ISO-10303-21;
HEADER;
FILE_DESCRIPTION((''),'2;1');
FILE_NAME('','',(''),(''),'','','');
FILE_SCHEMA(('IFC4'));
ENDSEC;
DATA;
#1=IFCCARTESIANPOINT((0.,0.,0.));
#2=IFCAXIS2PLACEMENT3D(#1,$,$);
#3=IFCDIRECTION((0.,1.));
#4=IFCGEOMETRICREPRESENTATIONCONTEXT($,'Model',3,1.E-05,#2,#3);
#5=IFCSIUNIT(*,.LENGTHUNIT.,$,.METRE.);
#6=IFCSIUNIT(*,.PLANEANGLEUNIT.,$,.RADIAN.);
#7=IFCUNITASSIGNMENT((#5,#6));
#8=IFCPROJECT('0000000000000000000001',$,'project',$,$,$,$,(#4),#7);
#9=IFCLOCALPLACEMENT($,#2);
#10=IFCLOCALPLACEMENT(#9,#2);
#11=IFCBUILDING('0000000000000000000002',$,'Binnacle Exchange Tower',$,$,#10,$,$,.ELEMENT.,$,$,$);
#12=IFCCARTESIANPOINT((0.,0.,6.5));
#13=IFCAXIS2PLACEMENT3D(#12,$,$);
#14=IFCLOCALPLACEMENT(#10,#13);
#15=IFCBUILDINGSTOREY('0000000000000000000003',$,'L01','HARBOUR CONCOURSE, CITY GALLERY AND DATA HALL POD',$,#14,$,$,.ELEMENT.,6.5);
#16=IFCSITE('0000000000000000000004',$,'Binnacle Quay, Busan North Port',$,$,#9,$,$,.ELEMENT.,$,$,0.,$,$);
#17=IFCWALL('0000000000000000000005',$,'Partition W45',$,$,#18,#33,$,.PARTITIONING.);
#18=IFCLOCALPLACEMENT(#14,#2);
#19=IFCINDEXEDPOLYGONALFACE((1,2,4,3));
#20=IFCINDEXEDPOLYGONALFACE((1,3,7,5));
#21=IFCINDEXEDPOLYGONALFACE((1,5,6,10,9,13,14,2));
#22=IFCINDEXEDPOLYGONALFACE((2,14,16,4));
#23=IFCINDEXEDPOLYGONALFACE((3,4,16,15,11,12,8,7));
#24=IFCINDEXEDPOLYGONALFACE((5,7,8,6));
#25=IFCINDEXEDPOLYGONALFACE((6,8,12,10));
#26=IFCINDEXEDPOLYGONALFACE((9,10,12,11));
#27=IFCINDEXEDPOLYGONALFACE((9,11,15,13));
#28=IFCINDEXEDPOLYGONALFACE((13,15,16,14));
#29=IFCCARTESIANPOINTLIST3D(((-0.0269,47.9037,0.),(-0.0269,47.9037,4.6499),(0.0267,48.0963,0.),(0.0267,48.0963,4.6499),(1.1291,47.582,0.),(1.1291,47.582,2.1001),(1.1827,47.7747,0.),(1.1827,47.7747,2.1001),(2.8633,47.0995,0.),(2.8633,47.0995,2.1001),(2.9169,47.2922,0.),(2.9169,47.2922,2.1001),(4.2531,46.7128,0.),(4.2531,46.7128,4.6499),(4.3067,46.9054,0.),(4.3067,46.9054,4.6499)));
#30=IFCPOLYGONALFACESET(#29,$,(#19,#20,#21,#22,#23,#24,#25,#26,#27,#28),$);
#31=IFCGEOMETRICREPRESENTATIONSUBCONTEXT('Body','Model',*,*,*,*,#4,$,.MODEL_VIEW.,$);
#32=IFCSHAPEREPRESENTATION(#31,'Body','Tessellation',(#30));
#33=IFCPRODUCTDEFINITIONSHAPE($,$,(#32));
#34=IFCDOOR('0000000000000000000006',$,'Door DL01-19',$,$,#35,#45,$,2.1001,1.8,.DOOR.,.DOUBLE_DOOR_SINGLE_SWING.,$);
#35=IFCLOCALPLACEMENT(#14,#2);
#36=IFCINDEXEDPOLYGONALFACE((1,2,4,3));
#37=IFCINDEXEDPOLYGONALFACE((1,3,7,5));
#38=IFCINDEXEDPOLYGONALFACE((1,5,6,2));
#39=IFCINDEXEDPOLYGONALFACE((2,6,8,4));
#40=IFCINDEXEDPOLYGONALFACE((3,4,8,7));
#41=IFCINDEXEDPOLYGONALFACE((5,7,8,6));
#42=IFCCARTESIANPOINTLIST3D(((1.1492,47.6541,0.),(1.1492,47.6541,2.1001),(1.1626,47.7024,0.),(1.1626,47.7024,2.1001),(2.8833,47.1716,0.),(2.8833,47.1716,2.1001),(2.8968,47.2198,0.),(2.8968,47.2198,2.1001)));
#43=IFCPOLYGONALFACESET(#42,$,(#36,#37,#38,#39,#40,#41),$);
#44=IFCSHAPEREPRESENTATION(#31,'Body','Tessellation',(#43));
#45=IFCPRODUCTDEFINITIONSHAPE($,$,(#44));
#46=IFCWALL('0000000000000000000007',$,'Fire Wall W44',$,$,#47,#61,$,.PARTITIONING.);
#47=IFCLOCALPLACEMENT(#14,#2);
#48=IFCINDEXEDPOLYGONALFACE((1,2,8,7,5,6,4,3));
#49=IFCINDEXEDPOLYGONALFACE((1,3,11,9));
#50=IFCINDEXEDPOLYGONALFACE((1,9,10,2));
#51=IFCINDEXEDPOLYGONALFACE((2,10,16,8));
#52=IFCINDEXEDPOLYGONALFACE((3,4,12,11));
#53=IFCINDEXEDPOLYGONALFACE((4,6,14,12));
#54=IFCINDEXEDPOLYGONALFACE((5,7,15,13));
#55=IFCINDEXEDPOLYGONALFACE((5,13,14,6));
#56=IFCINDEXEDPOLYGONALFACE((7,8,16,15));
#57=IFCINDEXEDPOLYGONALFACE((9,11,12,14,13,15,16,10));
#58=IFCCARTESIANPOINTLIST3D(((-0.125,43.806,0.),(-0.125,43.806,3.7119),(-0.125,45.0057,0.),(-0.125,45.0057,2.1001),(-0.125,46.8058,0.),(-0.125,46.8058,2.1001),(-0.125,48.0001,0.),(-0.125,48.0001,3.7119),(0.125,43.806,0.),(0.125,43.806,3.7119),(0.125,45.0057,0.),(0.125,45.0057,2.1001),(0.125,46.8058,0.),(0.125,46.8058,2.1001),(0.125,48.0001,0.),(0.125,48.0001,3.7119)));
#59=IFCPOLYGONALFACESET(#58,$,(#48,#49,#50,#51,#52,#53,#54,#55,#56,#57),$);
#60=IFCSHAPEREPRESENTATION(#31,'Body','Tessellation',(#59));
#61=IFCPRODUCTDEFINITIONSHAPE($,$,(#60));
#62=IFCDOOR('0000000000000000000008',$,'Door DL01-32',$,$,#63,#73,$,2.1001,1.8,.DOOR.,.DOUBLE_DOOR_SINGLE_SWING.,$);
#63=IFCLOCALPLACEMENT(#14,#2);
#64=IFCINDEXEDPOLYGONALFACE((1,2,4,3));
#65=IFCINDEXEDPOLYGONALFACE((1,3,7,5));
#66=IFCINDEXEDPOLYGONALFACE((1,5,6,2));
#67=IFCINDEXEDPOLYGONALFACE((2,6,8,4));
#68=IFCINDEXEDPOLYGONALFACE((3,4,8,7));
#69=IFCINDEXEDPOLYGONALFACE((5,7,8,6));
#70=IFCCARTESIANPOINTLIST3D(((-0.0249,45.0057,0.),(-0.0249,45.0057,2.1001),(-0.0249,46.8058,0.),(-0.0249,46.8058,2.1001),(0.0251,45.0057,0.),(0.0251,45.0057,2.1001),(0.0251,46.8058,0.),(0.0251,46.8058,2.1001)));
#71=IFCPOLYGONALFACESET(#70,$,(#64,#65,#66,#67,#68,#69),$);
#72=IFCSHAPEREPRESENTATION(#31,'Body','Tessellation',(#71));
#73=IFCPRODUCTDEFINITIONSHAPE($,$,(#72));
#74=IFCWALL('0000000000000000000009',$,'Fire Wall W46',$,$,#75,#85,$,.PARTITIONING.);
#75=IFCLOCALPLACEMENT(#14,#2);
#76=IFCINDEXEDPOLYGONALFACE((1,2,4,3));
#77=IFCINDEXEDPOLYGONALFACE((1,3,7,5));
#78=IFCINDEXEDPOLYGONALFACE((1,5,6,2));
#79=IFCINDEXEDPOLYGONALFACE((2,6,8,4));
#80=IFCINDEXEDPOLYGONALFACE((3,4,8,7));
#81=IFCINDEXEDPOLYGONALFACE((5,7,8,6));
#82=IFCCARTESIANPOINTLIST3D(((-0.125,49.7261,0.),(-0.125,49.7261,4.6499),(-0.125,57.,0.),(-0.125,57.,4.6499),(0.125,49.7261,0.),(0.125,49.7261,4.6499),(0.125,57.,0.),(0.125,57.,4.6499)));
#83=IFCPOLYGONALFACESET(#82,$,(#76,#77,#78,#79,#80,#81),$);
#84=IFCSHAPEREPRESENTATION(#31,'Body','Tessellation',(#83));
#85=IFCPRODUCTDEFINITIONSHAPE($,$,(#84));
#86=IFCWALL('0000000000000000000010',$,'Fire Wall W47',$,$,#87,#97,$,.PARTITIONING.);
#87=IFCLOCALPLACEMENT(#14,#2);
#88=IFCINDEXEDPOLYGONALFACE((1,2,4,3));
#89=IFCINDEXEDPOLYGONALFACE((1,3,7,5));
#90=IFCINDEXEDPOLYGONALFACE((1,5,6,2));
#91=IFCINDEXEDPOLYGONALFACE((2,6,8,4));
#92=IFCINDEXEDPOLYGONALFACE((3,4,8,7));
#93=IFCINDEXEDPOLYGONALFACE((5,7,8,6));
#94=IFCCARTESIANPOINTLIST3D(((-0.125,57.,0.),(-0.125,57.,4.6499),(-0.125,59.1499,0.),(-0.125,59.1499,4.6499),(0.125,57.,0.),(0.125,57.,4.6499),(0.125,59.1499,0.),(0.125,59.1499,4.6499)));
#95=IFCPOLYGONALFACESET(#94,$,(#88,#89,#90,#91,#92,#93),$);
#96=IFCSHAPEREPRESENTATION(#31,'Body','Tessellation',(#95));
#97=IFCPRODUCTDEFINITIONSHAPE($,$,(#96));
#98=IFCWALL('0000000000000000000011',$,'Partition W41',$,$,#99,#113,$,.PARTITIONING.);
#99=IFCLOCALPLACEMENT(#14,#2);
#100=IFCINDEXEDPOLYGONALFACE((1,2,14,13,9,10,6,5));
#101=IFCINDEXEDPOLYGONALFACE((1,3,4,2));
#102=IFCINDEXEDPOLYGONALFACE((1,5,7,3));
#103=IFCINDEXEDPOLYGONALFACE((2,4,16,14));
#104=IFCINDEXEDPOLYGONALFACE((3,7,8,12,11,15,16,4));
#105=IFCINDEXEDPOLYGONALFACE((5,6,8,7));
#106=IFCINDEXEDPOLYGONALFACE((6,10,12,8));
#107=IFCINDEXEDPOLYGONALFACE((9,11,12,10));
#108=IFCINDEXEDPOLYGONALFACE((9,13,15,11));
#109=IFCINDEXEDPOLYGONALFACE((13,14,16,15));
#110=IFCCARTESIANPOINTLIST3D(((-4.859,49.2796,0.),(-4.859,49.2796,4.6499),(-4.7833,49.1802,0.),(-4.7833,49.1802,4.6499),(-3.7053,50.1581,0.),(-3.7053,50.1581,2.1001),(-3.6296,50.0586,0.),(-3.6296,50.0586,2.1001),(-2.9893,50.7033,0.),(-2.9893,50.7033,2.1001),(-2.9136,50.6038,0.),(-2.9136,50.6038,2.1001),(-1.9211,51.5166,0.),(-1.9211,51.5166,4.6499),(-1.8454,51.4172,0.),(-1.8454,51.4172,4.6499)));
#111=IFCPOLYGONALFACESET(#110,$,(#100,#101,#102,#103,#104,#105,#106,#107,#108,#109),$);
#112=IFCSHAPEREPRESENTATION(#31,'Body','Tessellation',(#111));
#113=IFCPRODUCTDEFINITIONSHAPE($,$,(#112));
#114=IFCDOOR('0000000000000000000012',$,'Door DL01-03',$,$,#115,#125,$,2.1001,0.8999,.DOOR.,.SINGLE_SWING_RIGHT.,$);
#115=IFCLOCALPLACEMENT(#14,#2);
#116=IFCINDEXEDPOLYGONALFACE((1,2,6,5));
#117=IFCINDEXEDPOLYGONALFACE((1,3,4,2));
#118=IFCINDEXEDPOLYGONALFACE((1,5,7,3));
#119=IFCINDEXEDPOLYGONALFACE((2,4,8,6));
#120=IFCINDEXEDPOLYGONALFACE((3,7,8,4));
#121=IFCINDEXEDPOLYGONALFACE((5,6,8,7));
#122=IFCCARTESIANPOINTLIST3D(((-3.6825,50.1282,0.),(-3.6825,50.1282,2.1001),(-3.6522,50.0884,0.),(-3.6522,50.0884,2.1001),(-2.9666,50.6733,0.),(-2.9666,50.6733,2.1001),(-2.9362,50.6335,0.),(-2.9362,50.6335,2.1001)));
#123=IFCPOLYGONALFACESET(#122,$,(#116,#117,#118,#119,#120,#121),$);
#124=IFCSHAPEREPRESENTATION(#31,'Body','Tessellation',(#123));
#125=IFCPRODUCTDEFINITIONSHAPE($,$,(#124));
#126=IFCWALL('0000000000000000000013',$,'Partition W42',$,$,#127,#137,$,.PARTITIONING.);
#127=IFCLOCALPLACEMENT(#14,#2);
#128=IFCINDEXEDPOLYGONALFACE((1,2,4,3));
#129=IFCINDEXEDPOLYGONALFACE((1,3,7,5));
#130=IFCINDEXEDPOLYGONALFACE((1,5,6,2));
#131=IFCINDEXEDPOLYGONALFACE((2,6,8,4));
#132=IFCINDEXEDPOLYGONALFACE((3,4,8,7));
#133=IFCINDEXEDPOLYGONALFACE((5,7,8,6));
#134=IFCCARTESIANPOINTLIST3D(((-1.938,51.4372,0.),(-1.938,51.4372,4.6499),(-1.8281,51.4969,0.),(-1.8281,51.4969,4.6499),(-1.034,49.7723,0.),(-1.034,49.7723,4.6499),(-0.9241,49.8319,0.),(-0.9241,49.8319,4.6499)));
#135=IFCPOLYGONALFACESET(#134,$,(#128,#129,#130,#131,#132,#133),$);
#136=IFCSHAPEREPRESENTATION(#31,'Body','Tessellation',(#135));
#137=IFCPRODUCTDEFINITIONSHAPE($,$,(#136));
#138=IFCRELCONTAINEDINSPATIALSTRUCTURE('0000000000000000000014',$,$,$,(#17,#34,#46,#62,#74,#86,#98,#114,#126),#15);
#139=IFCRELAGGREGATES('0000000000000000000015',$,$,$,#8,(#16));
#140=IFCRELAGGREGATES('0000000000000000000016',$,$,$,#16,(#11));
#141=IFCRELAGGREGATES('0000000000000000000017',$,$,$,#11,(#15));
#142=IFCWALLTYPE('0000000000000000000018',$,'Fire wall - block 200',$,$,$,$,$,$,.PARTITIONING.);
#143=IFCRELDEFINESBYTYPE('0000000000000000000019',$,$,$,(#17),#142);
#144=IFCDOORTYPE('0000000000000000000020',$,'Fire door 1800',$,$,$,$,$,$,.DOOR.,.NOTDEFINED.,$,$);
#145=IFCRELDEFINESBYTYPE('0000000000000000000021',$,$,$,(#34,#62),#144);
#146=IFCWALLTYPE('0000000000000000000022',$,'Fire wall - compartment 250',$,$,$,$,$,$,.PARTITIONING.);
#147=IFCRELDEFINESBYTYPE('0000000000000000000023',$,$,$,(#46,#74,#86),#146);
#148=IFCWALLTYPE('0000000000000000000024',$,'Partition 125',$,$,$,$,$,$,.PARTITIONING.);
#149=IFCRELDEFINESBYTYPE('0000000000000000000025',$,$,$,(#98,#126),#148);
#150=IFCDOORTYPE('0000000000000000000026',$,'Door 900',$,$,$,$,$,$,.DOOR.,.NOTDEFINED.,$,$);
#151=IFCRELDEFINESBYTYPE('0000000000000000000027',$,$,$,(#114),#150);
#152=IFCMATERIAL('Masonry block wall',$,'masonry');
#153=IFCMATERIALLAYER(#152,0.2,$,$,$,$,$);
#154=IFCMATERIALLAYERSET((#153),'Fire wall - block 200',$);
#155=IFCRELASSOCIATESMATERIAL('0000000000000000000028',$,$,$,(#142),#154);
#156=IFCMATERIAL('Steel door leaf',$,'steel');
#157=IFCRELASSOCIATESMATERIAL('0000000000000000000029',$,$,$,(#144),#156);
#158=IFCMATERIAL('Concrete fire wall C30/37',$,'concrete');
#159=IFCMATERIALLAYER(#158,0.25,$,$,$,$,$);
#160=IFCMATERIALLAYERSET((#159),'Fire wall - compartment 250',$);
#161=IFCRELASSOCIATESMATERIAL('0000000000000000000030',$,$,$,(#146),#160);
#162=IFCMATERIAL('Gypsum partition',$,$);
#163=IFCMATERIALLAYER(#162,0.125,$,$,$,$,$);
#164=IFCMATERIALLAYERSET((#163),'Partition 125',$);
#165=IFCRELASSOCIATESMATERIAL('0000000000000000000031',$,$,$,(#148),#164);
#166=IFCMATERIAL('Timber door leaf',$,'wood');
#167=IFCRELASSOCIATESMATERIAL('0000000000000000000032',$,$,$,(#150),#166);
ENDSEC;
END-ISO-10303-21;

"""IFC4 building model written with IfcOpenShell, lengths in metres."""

from ifc_helpers import new_model, si_unit, direction, frame, frame_2d, origin, place, context, subcontext, project, spatial, rectangle, extrude, material, layer, layer_set, type_object, element, fill, save


model = new_model("IFC4")

# Units and contexts
model_context = context("Model", 3, precision=1e-05, world=origin(), true_north=direction((0.0, 1.0)))
body_context = subcontext(model_context, "Body", "Model", "MODEL_VIEW")
ifc_project = project(units=[si_unit("LENGTHUNIT", "METRE"), si_unit("PLANEANGLEUNIT", "RADIAN")], contexts=[model_context])

# Site, building, storey
site_placement = place(None, origin())
site = spatial("IfcSite", under=ifc_project, at=site_placement, Name="Binnacle Quay, Busan North Port", CompositionType="ELEMENT", RefElevation=0.0)
building_placement = place(site_placement, origin())
building = spatial("IfcBuilding", under=site, at=building_placement, Name="Binnacle Exchange Tower", CompositionType="ELEMENT")
storey_placement = place(building_placement, frame((0.0, 0.0, 6.5)))
storey = spatial("IfcBuildingStorey", under=building, at=storey_placement, Name="L01", Description="HARBOUR CONCOURSE, CITY GALLERY AND DATA HALL POD", CompositionType="ELEMENT", Elevation=6.5)

# Shared definitions
ifc_material_1 = material(Name="Steel door leaf", Category="steel")

# Shared definitions
ifc_material_2 = material(Name="Masonry block wall", Category="masonry")
ifc_layer_1 = layer(ifc_material_2, 0.2)
ifc_layer_set_1 = layer_set([ifc_layer_1], Name="Fire wall - block 200")
wall_type_1 = type_object("IfcWallType", Name="Fire wall - block 200", PredefinedType="PARTITIONING", material=ifc_layer_set_1)

# Walls, openings, doors
wall_1_placement = place(storey_placement, frame((0.0, 48.0, 0.0), z_axis=(0.0, 0.0, 1.0), x_axis=(0.963401, -0.268066, 0.0)))
wall_1 = element("IfcWall", 1, at=wall_1_placement, inside=storey, type_object=wall_type_1, Name="Partition W45", PredefinedType="PARTITIONING", context=body_context, shape_type="SweptSolid", body=[
    extrude(rectangle(XDim=4.4426, YDim=0.2, at=frame_2d((2.2212, 0.0))), origin(), (0.0, 0.0, 1.0), 4.6499),
])
opening_1_placement = place(wall_1_placement, frame((1.2, 0.0, 0.0)))
opening_1 = element("IfcOpeningElement", 2, at=opening_1_placement, cuts=wall_1, PredefinedType="OPENING", context=body_context, shape_type="SweptSolid", body=[
    extrude(rectangle(XDim=1.8, YDim=2.1001, at=frame_2d((0.8999, 1.05))), frame((0.0, 0.1099, 0.0), z_axis=(0.0, -1.0, 0.0), x_axis=(1.0, 0.0, 0.0)), (0.0, 0.0, 1.0), 0.22),
])
door_type_1 = type_object("IfcDoorType", Name="Fire door 1800", OperationType="NOTDEFINED", PredefinedType="DOOR", material=ifc_material_1)
door_1_placement = place(opening_1_placement, origin())
door_1 = element("IfcDoor", 3, at=door_1_placement, inside=storey, type_object=door_type_1, Name="Door DL01-19", OperationType="DOUBLE_DOOR_SINGLE_SWING", OverallHeight=2.1001, OverallWidth=1.8, PredefinedType="DOOR", context=body_context, shape_type="SweptSolid", body=[
    extrude(rectangle(XDim=1.8, YDim=2.1001, at=frame_2d((0.8999, 1.05))), frame((0.0, 0.0249, 0.0), z_axis=(0.0, -1.0, 0.0), x_axis=(1.0, 0.0, 0.0)), (0.0, 0.0, 1.0), 0.05),
])
fill(opening_1, door_1)
ifc_material_3 = material(Name="Concrete fire wall C30/37", Category="concrete")
ifc_layer_2 = layer(ifc_material_3, 0.25)
ifc_layer_set_2 = layer_set([ifc_layer_2], Name="Fire wall - compartment 250")
wall_type_2 = type_object("IfcWallType", Name="Fire wall - compartment 250", PredefinedType="PARTITIONING", material=ifc_layer_set_2)
wall_2_placement = place(storey_placement, frame((0.0, 43.8059, 0.0), z_axis=(0.0, 0.0, 1.0), x_axis=(0.0, 1.0, 0.0)))
wall_2 = element("IfcWall", 4, at=wall_2_placement, inside=storey, type_object=wall_type_2, Name="Fire Wall W44", PredefinedType="PARTITIONING", context=body_context, shape_type="SweptSolid", body=[
    extrude(rectangle(XDim=4.1941, YDim=0.25, at=frame_2d((2.0972, 0.0))), origin(), (0.0, 0.0, 1.0), 3.7119),
])
opening_2_placement = place(wall_2_placement, frame((1.2, 0.0, 0.0)))
opening_2 = element("IfcOpeningElement", 5, at=opening_2_placement, cuts=wall_2, PredefinedType="OPENING", context=body_context, shape_type="SweptSolid", body=[
    extrude(rectangle(XDim=1.8, YDim=2.1001, at=frame_2d((0.8999, 1.05))), frame((0.0, 0.135, 0.0), z_axis=(0.0, -1.0, 0.0), x_axis=(1.0, 0.0, 0.0)), (0.0, 0.0, 1.0), 0.27),
])
door_2_placement = place(opening_2_placement, origin())
door_2 = element("IfcDoor", 6, at=door_2_placement, inside=storey, type_object=door_type_1, Name="Door DL01-32", OperationType="DOUBLE_DOOR_SINGLE_SWING", OverallHeight=2.1001, OverallWidth=1.8, PredefinedType="DOOR", context=body_context, shape_type="SweptSolid", body=[
    extrude(rectangle(XDim=1.8, YDim=2.1001, at=frame_2d((0.8999, 1.05))), frame((0.0, 0.0249, 0.0), z_axis=(0.0, -1.0, 0.0), x_axis=(1.0, 0.0, 0.0)), (0.0, 0.0, 1.0), 0.05),
])
fill(opening_2, door_2)

# Walls
wall_3_placement = place(storey_placement, frame((0.0, 49.7261, 0.0), z_axis=(0.0, 0.0, 1.0), x_axis=(0.0, 1.0, 0.0)))
element("IfcWall", 7, at=wall_3_placement, inside=storey, type_object=wall_type_2, Name="Fire Wall W46", PredefinedType="PARTITIONING", context=body_context, shape_type="SweptSolid", body=[
    extrude(rectangle(XDim=7.2739, YDim=0.25, at=frame_2d((3.637, 0.0))), origin(), (0.0, 0.0, 1.0), 4.6499),
])
wall_4_placement = place(storey_placement, frame((0.0, 57.0, 0.0), z_axis=(0.0, 0.0, 1.0), x_axis=(0.0, 1.0, 0.0)))
element("IfcWall", 8, at=wall_4_placement, inside=storey, type_object=wall_type_2, Name="Fire Wall W47", PredefinedType="PARTITIONING", context=body_context, shape_type="SweptSolid", body=[
    extrude(rectangle(XDim=2.1499, YDim=0.25, at=frame_2d((1.075, 0.0))), origin(), (0.0, 0.0, 1.0), 4.6499),
])

# Wall, opening, door
ifc_material_4 = material(Name="Gypsum partition")
ifc_layer_3 = layer(ifc_material_4, 0.125)
ifc_layer_set_3 = layer_set([ifc_layer_3], Name="Partition 125")
wall_type_3 = type_object("IfcWallType", Name="Partition 125", PredefinedType="PARTITIONING", material=ifc_layer_set_3)
wall_5_placement = place(storey_placement, frame((-4.821, 49.23, 0.0), z_axis=(0.0, 0.0, 1.0), x_axis=(0.795615, 0.605802, 0.0)))
wall_5 = element("IfcWall", 9, at=wall_5_placement, inside=storey, type_object=wall_type_3, Name="Partition W41", PredefinedType="PARTITIONING", context=body_context, shape_type="SweptSolid", body=[
    extrude(rectangle(XDim=3.6926, YDim=0.125, at=frame_2d((1.8462, 0.0))), origin(), (0.0, 0.0, 1.0), 4.6499),
])
opening_3_placement = place(wall_5_placement, frame((1.45, 0.0, 0.0)))
opening_3 = element("IfcOpeningElement", 10, at=opening_3_placement, cuts=wall_5, PredefinedType="OPENING", context=body_context, shape_type="SweptSolid", body=[
    extrude(rectangle(XDim=0.8999, YDim=2.1001, at=frame_2d((0.45, 1.05))), frame((0.0, 0.0725, 0.0), z_axis=(0.0, -1.0, 0.0), x_axis=(1.0, 0.0, 0.0)), (0.0, 0.0, 1.0), 0.145),
])
ifc_material_5 = material(Name="Timber door leaf", Category="wood")
door_type_2 = type_object("IfcDoorType", Name="Door 900", OperationType="NOTDEFINED", PredefinedType="DOOR", material=ifc_material_5)
door_3_placement = place(opening_3_placement, origin())
door_3 = element("IfcDoor", 11, at=door_3_placement, inside=storey, type_object=door_type_2, Name="Door DL01-03", OperationType="SINGLE_SWING_RIGHT", OverallHeight=2.1001, OverallWidth=0.8999, PredefinedType="DOOR", context=body_context, shape_type="SweptSolid", body=[
    extrude(rectangle(XDim=0.8999, YDim=2.1001, at=frame_2d((0.45, 1.05))), frame((0.0, 0.0249, 0.0), z_axis=(0.0, -1.0, 0.0), x_axis=(1.0, 0.0, 0.0)), (0.0, 0.0, 1.0), 0.05),
])
fill(opening_3, door_3)

# Wall
wall_6_placement = place(storey_placement, frame((-1.8831, 51.467, 0.0), z_axis=(0.0, 0.0, 1.0), x_axis=(0.477163, -0.878815, 0.0)))
element("IfcWall", 12, at=wall_6_placement, inside=storey, type_object=wall_type_3, Name="Partition W42", PredefinedType="PARTITIONING", context=body_context, shape_type="SweptSolid", body=[
    extrude(rectangle(XDim=1.8945, YDim=0.125, at=frame_2d((0.9473, 0.0))), origin(), (0.0, 0.0, 1.0), 4.6499),
])

save(model, "model.ifc")
